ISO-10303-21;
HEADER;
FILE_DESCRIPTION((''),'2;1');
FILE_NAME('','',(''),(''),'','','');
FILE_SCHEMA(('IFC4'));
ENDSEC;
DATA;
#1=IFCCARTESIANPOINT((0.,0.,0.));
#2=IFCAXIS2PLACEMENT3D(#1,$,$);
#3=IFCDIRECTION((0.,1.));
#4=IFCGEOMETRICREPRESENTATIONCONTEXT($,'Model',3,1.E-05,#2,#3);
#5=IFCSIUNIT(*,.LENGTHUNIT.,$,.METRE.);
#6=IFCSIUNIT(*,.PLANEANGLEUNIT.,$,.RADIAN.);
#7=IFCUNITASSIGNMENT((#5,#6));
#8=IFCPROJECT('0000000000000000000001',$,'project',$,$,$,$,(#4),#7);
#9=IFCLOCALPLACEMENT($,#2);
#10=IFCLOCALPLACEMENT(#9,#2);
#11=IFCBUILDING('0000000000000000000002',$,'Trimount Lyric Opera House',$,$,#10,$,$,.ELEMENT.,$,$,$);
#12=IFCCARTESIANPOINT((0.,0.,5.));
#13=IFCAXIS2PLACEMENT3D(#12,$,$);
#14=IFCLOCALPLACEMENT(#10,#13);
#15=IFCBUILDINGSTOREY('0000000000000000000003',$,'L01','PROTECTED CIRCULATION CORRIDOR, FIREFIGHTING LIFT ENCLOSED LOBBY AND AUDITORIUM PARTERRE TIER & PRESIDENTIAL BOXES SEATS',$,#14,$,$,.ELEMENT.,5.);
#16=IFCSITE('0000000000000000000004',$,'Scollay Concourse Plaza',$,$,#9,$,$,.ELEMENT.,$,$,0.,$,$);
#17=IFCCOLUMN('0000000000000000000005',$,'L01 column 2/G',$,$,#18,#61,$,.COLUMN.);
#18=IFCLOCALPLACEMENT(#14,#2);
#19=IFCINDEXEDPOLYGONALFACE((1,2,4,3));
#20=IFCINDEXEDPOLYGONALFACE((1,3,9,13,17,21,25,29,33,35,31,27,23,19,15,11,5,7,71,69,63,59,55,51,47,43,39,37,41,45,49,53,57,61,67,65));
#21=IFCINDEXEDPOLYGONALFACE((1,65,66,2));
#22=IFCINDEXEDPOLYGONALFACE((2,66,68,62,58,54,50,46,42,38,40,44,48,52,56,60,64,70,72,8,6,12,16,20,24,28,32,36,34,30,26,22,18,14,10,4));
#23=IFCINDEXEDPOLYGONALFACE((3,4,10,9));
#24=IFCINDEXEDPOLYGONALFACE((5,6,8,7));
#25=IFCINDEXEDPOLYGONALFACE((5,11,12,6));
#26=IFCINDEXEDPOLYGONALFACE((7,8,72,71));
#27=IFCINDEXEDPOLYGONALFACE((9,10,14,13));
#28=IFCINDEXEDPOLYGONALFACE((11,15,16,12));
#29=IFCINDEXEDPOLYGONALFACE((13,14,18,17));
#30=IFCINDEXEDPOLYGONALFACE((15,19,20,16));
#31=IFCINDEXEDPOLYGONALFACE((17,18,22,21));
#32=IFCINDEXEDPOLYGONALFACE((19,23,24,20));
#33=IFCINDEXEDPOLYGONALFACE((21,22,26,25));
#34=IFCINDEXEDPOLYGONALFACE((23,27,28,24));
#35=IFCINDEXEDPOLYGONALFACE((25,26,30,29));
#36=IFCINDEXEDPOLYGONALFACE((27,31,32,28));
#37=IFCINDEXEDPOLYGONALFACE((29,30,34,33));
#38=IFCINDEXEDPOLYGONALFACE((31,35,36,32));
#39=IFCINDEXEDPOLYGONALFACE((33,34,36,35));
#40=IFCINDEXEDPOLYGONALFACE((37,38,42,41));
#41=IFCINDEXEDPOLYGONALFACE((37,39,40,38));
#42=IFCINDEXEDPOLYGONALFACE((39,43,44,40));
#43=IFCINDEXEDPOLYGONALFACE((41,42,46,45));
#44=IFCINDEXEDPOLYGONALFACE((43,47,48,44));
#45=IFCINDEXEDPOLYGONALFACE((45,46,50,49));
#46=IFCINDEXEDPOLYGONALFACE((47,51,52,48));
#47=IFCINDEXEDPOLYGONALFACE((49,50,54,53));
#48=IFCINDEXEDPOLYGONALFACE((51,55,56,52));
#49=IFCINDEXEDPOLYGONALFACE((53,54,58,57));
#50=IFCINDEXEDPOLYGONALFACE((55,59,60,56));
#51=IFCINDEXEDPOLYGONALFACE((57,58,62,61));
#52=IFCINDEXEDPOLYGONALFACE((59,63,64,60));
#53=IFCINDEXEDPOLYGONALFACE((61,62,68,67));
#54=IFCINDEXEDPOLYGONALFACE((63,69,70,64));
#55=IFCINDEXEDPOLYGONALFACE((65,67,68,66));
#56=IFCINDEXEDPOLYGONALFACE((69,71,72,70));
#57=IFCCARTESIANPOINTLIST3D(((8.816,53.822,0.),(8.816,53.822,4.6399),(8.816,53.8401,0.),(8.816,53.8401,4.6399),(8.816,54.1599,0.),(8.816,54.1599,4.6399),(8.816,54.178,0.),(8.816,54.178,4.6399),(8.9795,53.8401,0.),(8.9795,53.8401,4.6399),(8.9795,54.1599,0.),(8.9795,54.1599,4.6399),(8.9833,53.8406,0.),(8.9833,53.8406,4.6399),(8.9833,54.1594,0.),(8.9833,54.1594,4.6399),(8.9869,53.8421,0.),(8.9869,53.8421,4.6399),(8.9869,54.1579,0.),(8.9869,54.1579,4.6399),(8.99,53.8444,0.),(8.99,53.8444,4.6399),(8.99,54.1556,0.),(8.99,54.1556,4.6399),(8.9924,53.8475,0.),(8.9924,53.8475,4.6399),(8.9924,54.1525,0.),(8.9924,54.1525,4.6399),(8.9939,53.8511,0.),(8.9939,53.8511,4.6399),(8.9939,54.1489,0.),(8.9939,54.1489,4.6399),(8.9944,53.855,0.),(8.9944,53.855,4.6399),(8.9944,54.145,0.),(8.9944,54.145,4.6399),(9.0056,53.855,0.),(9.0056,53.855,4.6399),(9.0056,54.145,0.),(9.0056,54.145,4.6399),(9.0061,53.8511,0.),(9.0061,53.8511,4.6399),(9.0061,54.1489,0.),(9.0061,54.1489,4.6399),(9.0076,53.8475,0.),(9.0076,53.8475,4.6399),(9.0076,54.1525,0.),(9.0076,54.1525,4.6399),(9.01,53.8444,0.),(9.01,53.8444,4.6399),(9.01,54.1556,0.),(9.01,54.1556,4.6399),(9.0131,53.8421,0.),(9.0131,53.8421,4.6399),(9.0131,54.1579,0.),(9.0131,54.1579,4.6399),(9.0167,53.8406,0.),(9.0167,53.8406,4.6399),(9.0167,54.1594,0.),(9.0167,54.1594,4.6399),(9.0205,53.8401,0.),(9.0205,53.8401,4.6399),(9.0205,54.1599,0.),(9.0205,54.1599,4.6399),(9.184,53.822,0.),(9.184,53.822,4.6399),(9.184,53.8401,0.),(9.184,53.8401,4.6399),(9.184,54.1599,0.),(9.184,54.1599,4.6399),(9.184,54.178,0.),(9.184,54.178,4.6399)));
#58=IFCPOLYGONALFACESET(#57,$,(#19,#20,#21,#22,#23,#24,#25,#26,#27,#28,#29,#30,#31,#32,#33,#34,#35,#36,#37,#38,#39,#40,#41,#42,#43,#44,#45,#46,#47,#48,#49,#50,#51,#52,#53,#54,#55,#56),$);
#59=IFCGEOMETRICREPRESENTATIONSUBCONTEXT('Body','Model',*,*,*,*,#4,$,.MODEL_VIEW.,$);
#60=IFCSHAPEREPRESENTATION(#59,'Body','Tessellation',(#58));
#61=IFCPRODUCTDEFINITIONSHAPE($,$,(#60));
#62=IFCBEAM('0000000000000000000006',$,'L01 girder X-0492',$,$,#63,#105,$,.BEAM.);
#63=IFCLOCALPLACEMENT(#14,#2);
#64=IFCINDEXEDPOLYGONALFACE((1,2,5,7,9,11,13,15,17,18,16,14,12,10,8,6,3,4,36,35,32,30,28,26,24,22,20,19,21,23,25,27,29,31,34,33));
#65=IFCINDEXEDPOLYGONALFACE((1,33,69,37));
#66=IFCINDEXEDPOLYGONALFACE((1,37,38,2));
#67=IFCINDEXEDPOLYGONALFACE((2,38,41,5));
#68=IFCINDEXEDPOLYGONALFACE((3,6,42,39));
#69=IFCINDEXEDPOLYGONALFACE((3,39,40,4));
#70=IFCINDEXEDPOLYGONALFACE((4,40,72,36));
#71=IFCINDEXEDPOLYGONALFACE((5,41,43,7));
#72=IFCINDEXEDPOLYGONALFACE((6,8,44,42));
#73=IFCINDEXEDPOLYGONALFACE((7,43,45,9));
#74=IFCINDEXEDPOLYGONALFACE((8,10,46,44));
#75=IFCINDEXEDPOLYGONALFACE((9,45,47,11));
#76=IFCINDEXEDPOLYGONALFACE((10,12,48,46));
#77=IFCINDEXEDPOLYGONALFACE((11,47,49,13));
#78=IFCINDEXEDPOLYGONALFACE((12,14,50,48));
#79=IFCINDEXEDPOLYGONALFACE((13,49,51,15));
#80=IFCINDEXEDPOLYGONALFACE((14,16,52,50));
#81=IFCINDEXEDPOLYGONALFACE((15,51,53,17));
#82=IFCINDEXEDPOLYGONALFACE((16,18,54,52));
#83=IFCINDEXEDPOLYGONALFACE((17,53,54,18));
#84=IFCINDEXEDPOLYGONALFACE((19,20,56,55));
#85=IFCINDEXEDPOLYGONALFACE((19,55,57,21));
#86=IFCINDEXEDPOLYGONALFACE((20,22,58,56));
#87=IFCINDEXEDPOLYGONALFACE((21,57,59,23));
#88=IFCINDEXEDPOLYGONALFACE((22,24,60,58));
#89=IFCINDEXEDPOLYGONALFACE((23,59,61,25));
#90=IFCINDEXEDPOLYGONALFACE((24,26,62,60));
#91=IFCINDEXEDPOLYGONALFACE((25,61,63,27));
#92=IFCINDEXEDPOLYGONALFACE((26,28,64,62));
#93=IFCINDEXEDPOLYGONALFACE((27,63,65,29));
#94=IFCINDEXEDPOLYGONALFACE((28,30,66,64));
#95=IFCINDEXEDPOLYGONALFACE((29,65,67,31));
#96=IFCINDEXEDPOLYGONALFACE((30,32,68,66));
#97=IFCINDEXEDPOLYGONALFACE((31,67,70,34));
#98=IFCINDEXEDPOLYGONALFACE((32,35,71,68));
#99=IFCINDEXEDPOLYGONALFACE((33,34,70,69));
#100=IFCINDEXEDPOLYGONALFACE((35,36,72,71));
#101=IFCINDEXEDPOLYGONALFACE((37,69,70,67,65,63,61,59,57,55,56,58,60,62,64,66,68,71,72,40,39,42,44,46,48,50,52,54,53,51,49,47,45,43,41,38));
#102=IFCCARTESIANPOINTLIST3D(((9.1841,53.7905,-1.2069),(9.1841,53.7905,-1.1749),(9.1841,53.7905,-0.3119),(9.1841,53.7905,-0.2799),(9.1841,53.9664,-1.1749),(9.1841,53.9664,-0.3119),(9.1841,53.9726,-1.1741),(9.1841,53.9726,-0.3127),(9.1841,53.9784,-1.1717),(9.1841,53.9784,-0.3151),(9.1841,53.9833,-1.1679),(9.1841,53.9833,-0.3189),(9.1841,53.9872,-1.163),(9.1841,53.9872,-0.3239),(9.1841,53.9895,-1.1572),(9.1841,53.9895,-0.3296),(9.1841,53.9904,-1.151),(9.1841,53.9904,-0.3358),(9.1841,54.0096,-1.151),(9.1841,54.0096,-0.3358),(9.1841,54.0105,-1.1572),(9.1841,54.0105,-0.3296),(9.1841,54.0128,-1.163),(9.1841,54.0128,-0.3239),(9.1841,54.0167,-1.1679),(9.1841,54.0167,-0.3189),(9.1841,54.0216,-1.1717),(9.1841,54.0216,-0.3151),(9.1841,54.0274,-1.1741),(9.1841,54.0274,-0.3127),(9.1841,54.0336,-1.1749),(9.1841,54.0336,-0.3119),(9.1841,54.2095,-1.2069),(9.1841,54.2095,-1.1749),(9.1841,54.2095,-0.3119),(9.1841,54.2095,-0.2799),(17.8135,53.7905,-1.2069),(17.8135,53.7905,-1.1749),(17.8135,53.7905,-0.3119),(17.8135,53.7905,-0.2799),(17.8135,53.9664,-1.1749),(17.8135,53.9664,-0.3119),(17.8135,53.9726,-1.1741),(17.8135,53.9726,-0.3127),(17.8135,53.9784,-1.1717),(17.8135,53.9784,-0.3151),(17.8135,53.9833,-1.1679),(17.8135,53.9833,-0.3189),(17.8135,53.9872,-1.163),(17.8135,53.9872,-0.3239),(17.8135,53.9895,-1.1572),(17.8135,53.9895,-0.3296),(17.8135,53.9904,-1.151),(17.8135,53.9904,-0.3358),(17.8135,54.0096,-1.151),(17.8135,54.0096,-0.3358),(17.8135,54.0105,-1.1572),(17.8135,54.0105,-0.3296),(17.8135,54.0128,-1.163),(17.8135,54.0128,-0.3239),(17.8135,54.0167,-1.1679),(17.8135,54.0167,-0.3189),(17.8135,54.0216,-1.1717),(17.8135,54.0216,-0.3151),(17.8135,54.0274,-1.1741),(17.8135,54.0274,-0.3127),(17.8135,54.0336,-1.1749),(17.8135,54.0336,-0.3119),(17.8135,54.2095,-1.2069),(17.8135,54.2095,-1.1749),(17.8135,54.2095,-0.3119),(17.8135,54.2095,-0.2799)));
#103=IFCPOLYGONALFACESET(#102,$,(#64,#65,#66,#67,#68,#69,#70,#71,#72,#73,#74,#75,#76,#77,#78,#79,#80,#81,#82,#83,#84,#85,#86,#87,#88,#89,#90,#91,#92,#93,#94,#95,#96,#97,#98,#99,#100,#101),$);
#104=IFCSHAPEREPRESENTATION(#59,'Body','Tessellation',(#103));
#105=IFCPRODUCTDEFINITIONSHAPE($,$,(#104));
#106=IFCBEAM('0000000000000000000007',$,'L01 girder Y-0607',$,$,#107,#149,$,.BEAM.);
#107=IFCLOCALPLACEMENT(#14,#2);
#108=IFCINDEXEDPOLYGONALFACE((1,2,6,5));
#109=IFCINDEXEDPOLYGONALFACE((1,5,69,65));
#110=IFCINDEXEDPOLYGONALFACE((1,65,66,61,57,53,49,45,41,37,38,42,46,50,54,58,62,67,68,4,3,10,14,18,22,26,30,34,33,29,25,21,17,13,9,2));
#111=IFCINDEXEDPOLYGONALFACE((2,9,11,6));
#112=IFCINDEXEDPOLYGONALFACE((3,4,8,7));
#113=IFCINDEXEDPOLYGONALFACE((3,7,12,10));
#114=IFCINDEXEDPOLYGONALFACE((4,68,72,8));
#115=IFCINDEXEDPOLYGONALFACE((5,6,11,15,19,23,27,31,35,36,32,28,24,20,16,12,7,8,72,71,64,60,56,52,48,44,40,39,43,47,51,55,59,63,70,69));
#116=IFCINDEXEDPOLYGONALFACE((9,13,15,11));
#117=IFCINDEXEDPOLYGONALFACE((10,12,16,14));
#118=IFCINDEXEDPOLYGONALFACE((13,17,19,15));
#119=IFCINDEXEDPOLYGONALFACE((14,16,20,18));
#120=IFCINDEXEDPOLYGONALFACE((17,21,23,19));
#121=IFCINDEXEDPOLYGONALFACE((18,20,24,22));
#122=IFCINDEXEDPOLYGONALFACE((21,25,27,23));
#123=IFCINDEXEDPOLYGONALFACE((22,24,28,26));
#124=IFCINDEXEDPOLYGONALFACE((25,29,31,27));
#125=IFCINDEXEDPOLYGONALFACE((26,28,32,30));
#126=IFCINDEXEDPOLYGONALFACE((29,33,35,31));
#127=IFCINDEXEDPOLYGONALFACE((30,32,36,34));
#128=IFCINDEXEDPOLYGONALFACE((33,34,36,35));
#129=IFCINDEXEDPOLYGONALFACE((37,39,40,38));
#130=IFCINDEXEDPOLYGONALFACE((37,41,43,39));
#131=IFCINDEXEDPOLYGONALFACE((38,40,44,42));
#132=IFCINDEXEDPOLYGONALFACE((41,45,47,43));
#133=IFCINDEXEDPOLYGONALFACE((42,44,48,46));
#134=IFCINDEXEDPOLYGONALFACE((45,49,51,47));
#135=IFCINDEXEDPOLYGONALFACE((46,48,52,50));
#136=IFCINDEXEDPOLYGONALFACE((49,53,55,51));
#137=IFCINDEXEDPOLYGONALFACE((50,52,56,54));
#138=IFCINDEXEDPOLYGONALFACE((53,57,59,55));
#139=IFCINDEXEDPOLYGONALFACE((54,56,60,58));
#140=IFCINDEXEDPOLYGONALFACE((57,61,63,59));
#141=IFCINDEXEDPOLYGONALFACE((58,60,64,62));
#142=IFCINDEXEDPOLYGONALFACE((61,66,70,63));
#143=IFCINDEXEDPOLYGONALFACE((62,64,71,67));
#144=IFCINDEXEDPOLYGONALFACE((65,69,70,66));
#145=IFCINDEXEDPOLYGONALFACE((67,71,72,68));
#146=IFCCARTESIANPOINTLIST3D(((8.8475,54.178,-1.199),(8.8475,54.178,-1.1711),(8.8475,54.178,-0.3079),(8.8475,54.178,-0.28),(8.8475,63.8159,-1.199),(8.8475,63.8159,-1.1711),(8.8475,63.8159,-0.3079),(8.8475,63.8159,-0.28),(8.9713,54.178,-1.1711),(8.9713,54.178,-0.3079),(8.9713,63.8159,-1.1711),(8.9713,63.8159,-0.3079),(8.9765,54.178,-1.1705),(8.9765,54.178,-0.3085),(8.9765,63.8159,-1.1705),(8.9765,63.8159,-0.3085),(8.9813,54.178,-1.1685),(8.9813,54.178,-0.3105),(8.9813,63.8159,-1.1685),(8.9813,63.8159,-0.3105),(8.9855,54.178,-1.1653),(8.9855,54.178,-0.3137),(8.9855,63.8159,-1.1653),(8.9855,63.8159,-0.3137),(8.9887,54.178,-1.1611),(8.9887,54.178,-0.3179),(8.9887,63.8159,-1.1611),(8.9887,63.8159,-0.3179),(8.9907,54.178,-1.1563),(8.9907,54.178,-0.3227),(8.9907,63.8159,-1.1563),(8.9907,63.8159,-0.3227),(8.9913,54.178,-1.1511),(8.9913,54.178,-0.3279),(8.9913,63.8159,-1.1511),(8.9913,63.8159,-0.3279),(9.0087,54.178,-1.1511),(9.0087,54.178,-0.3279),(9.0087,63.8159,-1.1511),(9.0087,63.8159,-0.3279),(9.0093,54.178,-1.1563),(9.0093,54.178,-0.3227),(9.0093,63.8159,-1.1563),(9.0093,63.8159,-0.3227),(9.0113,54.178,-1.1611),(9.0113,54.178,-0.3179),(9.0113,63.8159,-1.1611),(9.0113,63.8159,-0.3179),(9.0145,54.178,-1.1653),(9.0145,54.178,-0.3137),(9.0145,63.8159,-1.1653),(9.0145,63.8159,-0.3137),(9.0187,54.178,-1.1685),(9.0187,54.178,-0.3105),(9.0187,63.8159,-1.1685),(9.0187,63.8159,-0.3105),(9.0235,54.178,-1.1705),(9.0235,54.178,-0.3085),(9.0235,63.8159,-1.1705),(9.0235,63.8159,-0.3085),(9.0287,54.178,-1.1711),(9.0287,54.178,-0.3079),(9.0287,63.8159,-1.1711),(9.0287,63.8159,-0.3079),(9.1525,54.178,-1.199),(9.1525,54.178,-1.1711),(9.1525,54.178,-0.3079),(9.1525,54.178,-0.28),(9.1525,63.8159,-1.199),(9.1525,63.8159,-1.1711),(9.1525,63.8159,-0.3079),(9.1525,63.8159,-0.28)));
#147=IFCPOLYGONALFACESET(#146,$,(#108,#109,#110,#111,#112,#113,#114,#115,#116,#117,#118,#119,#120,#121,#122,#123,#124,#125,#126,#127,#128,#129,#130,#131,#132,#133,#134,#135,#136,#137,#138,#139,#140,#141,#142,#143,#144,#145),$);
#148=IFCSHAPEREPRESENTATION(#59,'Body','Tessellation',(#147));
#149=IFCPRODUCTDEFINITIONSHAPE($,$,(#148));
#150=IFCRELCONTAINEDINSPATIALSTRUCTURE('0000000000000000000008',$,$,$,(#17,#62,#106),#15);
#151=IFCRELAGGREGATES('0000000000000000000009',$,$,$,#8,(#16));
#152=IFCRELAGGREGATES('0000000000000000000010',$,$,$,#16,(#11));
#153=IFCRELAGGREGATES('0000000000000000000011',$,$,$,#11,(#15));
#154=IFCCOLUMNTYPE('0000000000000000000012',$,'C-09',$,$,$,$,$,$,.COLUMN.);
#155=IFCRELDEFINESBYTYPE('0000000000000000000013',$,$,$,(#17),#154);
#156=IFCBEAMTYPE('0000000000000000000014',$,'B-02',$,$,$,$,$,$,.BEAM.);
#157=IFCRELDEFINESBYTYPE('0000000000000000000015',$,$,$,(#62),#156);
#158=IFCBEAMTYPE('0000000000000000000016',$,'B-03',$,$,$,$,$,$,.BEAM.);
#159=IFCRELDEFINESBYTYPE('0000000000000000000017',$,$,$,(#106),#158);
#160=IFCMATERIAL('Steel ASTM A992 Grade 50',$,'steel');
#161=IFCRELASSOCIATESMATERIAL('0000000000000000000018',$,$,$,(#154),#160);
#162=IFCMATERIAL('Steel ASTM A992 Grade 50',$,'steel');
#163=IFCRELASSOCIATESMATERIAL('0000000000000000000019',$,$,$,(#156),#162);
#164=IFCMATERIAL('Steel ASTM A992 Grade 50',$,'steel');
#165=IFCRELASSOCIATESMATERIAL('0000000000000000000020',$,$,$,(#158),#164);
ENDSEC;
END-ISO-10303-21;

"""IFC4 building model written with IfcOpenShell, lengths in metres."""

from ifc_helpers import new_model, si_unit, direction, frame, origin, origin_2d, place, context, subcontext, project, spatial, i_section, extrude, material, material_profile, profile_set, type_object, element, save


model = new_model("IFC4")

# Units and contexts
model_context = context("Model", 3, precision=1e-05, world=origin(), true_north=direction((0.0, 1.0)))
body_context = subcontext(model_context, "Body", "Model", "MODEL_VIEW")
ifc_project = project(units=[si_unit("LENGTHUNIT", "METRE"), si_unit("PLANEANGLEUNIT", "RADIAN")], contexts=[model_context])

# Site, building, storey
site_placement = place(None, origin())
site = spatial("IfcSite", under=ifc_project, at=site_placement, Name="Scollay Concourse Plaza", CompositionType="ELEMENT", RefElevation=0.0)
building_placement = place(site_placement, origin())
building = spatial("IfcBuilding", under=site, at=building_placement, Name="Trimount Lyric Opera House", CompositionType="ELEMENT")
storey_placement = place(building_placement, frame((0.0, 0.0, 5.0)))
storey = spatial("IfcBuildingStorey", under=building, at=storey_placement, Name="L01", Description="PROTECTED CIRCULATION CORRIDOR, FIREFIGHTING LIFT ENCLOSED LOBBY AND AUDITORIUM PARTERRE TIER & PRESIDENTIAL BOXES SEATS", CompositionType="ELEMENT", Elevation=5.0)

# Column
ifc_material_1 = material(Name="Steel ASTM A992 Grade 50", Category="steel")
ifc_material_profile_1 = material_profile(ifc_material_1, i_section(OverallWidth=0.3679, OverallDepth=0.356, WebThickness=0.0112, FlangeThickness=0.0181, FilletRadius=0.0149, at=origin_2d()), Name="W14X90")
ifc_profile_set_1 = profile_set([ifc_material_profile_1], Name="Steel ASTM A992 Grade 50")
column_type_1 = type_object("IfcColumnType", Name="C-09", PredefinedType="COLUMN", material=ifc_profile_set_1)
column_1_placement = place(storey_placement, frame((9.0, 54.0, 0.0), z_axis=(0.0, 0.0, 1.0), x_axis=(1.0, 0.0, 0.0)))
element("IfcColumn", 1, at=column_1_placement, inside=storey, type_object=column_type_1, Name="L01 column 2/G", PredefinedType="COLUMN", context=body_context, shape_type="SweptSolid", body=[
    extrude(i_section(OverallWidth=0.3679, OverallDepth=0.356, WebThickness=0.0112, FlangeThickness=0.0181, FilletRadius=0.0149, at=origin_2d()), origin(), (0.0, 0.0, 1.0), 4.6399),
])

# Beams
ifc_material_2 = material(Name="Steel ASTM A992 Grade 50", Category="steel")
ifc_material_profile_2 = material_profile(ifc_material_2, i_section(OverallWidth=0.4189, OverallDepth=0.927, WebThickness=0.0193, FlangeThickness=0.032, FilletRadius=0.0239, at=origin_2d()), Name="W36X231")
ifc_profile_set_2 = profile_set([ifc_material_profile_2], Name="Steel ASTM A992 Grade 50")
beam_type_1 = type_object("IfcBeamType", Name="B-02", PredefinedType="BEAM", material=ifc_profile_set_2)
beam_1_placement = place(storey_placement, frame((9.1841, 54.0, -0.7434), z_axis=(1.0, 0.0, 0.0), x_axis=(0.0, 1.0, 0.0)))
element("IfcBeam", 2, at=beam_1_placement, inside=storey, type_object=beam_type_1, Name="L01 girder X-0492", PredefinedType="BEAM", context=body_context, shape_type="SweptSolid", body=[
    extrude(i_section(OverallWidth=0.4189, OverallDepth=0.927, WebThickness=0.0193, FlangeThickness=0.032, FilletRadius=0.0239, at=origin_2d()), origin(), (0.0, 0.0, 1.0), 8.6294),
])
ifc_material_3 = material(Name="Steel ASTM A992 Grade 50", Category="steel")
ifc_material_profile_3 = material_profile(ifc_material_3, i_section(OverallWidth=0.3049, OverallDepth=0.9189, WebThickness=0.0173, FlangeThickness=0.0278, FilletRadius=0.02, at=origin_2d()), Name="W36X170")
ifc_profile_set_3 = profile_set([ifc_material_profile_3], Name="Steel ASTM A992 Grade 50")
beam_type_2 = type_object("IfcBeamType", Name="B-03", PredefinedType="BEAM", material=ifc_profile_set_3)
beam_2_placement = place(storey_placement, frame((9.0, 54.178, -0.7395), z_axis=(0.0, 1.0, 0.0), x_axis=(-1.0, 0.0, 0.0)))
element("IfcBeam", 3, at=beam_2_placement, inside=storey, type_object=beam_type_2, Name="L01 girder Y-0607", PredefinedType="BEAM", context=body_context, shape_type="SweptSolid", body=[
    extrude(i_section(OverallWidth=0.3049, OverallDepth=0.9189, WebThickness=0.0173, FlangeThickness=0.0278, FilletRadius=0.02, at=origin_2d()), origin(), (0.0, 0.0, 1.0), 9.6379),
])

save(model, "model.ifc")
